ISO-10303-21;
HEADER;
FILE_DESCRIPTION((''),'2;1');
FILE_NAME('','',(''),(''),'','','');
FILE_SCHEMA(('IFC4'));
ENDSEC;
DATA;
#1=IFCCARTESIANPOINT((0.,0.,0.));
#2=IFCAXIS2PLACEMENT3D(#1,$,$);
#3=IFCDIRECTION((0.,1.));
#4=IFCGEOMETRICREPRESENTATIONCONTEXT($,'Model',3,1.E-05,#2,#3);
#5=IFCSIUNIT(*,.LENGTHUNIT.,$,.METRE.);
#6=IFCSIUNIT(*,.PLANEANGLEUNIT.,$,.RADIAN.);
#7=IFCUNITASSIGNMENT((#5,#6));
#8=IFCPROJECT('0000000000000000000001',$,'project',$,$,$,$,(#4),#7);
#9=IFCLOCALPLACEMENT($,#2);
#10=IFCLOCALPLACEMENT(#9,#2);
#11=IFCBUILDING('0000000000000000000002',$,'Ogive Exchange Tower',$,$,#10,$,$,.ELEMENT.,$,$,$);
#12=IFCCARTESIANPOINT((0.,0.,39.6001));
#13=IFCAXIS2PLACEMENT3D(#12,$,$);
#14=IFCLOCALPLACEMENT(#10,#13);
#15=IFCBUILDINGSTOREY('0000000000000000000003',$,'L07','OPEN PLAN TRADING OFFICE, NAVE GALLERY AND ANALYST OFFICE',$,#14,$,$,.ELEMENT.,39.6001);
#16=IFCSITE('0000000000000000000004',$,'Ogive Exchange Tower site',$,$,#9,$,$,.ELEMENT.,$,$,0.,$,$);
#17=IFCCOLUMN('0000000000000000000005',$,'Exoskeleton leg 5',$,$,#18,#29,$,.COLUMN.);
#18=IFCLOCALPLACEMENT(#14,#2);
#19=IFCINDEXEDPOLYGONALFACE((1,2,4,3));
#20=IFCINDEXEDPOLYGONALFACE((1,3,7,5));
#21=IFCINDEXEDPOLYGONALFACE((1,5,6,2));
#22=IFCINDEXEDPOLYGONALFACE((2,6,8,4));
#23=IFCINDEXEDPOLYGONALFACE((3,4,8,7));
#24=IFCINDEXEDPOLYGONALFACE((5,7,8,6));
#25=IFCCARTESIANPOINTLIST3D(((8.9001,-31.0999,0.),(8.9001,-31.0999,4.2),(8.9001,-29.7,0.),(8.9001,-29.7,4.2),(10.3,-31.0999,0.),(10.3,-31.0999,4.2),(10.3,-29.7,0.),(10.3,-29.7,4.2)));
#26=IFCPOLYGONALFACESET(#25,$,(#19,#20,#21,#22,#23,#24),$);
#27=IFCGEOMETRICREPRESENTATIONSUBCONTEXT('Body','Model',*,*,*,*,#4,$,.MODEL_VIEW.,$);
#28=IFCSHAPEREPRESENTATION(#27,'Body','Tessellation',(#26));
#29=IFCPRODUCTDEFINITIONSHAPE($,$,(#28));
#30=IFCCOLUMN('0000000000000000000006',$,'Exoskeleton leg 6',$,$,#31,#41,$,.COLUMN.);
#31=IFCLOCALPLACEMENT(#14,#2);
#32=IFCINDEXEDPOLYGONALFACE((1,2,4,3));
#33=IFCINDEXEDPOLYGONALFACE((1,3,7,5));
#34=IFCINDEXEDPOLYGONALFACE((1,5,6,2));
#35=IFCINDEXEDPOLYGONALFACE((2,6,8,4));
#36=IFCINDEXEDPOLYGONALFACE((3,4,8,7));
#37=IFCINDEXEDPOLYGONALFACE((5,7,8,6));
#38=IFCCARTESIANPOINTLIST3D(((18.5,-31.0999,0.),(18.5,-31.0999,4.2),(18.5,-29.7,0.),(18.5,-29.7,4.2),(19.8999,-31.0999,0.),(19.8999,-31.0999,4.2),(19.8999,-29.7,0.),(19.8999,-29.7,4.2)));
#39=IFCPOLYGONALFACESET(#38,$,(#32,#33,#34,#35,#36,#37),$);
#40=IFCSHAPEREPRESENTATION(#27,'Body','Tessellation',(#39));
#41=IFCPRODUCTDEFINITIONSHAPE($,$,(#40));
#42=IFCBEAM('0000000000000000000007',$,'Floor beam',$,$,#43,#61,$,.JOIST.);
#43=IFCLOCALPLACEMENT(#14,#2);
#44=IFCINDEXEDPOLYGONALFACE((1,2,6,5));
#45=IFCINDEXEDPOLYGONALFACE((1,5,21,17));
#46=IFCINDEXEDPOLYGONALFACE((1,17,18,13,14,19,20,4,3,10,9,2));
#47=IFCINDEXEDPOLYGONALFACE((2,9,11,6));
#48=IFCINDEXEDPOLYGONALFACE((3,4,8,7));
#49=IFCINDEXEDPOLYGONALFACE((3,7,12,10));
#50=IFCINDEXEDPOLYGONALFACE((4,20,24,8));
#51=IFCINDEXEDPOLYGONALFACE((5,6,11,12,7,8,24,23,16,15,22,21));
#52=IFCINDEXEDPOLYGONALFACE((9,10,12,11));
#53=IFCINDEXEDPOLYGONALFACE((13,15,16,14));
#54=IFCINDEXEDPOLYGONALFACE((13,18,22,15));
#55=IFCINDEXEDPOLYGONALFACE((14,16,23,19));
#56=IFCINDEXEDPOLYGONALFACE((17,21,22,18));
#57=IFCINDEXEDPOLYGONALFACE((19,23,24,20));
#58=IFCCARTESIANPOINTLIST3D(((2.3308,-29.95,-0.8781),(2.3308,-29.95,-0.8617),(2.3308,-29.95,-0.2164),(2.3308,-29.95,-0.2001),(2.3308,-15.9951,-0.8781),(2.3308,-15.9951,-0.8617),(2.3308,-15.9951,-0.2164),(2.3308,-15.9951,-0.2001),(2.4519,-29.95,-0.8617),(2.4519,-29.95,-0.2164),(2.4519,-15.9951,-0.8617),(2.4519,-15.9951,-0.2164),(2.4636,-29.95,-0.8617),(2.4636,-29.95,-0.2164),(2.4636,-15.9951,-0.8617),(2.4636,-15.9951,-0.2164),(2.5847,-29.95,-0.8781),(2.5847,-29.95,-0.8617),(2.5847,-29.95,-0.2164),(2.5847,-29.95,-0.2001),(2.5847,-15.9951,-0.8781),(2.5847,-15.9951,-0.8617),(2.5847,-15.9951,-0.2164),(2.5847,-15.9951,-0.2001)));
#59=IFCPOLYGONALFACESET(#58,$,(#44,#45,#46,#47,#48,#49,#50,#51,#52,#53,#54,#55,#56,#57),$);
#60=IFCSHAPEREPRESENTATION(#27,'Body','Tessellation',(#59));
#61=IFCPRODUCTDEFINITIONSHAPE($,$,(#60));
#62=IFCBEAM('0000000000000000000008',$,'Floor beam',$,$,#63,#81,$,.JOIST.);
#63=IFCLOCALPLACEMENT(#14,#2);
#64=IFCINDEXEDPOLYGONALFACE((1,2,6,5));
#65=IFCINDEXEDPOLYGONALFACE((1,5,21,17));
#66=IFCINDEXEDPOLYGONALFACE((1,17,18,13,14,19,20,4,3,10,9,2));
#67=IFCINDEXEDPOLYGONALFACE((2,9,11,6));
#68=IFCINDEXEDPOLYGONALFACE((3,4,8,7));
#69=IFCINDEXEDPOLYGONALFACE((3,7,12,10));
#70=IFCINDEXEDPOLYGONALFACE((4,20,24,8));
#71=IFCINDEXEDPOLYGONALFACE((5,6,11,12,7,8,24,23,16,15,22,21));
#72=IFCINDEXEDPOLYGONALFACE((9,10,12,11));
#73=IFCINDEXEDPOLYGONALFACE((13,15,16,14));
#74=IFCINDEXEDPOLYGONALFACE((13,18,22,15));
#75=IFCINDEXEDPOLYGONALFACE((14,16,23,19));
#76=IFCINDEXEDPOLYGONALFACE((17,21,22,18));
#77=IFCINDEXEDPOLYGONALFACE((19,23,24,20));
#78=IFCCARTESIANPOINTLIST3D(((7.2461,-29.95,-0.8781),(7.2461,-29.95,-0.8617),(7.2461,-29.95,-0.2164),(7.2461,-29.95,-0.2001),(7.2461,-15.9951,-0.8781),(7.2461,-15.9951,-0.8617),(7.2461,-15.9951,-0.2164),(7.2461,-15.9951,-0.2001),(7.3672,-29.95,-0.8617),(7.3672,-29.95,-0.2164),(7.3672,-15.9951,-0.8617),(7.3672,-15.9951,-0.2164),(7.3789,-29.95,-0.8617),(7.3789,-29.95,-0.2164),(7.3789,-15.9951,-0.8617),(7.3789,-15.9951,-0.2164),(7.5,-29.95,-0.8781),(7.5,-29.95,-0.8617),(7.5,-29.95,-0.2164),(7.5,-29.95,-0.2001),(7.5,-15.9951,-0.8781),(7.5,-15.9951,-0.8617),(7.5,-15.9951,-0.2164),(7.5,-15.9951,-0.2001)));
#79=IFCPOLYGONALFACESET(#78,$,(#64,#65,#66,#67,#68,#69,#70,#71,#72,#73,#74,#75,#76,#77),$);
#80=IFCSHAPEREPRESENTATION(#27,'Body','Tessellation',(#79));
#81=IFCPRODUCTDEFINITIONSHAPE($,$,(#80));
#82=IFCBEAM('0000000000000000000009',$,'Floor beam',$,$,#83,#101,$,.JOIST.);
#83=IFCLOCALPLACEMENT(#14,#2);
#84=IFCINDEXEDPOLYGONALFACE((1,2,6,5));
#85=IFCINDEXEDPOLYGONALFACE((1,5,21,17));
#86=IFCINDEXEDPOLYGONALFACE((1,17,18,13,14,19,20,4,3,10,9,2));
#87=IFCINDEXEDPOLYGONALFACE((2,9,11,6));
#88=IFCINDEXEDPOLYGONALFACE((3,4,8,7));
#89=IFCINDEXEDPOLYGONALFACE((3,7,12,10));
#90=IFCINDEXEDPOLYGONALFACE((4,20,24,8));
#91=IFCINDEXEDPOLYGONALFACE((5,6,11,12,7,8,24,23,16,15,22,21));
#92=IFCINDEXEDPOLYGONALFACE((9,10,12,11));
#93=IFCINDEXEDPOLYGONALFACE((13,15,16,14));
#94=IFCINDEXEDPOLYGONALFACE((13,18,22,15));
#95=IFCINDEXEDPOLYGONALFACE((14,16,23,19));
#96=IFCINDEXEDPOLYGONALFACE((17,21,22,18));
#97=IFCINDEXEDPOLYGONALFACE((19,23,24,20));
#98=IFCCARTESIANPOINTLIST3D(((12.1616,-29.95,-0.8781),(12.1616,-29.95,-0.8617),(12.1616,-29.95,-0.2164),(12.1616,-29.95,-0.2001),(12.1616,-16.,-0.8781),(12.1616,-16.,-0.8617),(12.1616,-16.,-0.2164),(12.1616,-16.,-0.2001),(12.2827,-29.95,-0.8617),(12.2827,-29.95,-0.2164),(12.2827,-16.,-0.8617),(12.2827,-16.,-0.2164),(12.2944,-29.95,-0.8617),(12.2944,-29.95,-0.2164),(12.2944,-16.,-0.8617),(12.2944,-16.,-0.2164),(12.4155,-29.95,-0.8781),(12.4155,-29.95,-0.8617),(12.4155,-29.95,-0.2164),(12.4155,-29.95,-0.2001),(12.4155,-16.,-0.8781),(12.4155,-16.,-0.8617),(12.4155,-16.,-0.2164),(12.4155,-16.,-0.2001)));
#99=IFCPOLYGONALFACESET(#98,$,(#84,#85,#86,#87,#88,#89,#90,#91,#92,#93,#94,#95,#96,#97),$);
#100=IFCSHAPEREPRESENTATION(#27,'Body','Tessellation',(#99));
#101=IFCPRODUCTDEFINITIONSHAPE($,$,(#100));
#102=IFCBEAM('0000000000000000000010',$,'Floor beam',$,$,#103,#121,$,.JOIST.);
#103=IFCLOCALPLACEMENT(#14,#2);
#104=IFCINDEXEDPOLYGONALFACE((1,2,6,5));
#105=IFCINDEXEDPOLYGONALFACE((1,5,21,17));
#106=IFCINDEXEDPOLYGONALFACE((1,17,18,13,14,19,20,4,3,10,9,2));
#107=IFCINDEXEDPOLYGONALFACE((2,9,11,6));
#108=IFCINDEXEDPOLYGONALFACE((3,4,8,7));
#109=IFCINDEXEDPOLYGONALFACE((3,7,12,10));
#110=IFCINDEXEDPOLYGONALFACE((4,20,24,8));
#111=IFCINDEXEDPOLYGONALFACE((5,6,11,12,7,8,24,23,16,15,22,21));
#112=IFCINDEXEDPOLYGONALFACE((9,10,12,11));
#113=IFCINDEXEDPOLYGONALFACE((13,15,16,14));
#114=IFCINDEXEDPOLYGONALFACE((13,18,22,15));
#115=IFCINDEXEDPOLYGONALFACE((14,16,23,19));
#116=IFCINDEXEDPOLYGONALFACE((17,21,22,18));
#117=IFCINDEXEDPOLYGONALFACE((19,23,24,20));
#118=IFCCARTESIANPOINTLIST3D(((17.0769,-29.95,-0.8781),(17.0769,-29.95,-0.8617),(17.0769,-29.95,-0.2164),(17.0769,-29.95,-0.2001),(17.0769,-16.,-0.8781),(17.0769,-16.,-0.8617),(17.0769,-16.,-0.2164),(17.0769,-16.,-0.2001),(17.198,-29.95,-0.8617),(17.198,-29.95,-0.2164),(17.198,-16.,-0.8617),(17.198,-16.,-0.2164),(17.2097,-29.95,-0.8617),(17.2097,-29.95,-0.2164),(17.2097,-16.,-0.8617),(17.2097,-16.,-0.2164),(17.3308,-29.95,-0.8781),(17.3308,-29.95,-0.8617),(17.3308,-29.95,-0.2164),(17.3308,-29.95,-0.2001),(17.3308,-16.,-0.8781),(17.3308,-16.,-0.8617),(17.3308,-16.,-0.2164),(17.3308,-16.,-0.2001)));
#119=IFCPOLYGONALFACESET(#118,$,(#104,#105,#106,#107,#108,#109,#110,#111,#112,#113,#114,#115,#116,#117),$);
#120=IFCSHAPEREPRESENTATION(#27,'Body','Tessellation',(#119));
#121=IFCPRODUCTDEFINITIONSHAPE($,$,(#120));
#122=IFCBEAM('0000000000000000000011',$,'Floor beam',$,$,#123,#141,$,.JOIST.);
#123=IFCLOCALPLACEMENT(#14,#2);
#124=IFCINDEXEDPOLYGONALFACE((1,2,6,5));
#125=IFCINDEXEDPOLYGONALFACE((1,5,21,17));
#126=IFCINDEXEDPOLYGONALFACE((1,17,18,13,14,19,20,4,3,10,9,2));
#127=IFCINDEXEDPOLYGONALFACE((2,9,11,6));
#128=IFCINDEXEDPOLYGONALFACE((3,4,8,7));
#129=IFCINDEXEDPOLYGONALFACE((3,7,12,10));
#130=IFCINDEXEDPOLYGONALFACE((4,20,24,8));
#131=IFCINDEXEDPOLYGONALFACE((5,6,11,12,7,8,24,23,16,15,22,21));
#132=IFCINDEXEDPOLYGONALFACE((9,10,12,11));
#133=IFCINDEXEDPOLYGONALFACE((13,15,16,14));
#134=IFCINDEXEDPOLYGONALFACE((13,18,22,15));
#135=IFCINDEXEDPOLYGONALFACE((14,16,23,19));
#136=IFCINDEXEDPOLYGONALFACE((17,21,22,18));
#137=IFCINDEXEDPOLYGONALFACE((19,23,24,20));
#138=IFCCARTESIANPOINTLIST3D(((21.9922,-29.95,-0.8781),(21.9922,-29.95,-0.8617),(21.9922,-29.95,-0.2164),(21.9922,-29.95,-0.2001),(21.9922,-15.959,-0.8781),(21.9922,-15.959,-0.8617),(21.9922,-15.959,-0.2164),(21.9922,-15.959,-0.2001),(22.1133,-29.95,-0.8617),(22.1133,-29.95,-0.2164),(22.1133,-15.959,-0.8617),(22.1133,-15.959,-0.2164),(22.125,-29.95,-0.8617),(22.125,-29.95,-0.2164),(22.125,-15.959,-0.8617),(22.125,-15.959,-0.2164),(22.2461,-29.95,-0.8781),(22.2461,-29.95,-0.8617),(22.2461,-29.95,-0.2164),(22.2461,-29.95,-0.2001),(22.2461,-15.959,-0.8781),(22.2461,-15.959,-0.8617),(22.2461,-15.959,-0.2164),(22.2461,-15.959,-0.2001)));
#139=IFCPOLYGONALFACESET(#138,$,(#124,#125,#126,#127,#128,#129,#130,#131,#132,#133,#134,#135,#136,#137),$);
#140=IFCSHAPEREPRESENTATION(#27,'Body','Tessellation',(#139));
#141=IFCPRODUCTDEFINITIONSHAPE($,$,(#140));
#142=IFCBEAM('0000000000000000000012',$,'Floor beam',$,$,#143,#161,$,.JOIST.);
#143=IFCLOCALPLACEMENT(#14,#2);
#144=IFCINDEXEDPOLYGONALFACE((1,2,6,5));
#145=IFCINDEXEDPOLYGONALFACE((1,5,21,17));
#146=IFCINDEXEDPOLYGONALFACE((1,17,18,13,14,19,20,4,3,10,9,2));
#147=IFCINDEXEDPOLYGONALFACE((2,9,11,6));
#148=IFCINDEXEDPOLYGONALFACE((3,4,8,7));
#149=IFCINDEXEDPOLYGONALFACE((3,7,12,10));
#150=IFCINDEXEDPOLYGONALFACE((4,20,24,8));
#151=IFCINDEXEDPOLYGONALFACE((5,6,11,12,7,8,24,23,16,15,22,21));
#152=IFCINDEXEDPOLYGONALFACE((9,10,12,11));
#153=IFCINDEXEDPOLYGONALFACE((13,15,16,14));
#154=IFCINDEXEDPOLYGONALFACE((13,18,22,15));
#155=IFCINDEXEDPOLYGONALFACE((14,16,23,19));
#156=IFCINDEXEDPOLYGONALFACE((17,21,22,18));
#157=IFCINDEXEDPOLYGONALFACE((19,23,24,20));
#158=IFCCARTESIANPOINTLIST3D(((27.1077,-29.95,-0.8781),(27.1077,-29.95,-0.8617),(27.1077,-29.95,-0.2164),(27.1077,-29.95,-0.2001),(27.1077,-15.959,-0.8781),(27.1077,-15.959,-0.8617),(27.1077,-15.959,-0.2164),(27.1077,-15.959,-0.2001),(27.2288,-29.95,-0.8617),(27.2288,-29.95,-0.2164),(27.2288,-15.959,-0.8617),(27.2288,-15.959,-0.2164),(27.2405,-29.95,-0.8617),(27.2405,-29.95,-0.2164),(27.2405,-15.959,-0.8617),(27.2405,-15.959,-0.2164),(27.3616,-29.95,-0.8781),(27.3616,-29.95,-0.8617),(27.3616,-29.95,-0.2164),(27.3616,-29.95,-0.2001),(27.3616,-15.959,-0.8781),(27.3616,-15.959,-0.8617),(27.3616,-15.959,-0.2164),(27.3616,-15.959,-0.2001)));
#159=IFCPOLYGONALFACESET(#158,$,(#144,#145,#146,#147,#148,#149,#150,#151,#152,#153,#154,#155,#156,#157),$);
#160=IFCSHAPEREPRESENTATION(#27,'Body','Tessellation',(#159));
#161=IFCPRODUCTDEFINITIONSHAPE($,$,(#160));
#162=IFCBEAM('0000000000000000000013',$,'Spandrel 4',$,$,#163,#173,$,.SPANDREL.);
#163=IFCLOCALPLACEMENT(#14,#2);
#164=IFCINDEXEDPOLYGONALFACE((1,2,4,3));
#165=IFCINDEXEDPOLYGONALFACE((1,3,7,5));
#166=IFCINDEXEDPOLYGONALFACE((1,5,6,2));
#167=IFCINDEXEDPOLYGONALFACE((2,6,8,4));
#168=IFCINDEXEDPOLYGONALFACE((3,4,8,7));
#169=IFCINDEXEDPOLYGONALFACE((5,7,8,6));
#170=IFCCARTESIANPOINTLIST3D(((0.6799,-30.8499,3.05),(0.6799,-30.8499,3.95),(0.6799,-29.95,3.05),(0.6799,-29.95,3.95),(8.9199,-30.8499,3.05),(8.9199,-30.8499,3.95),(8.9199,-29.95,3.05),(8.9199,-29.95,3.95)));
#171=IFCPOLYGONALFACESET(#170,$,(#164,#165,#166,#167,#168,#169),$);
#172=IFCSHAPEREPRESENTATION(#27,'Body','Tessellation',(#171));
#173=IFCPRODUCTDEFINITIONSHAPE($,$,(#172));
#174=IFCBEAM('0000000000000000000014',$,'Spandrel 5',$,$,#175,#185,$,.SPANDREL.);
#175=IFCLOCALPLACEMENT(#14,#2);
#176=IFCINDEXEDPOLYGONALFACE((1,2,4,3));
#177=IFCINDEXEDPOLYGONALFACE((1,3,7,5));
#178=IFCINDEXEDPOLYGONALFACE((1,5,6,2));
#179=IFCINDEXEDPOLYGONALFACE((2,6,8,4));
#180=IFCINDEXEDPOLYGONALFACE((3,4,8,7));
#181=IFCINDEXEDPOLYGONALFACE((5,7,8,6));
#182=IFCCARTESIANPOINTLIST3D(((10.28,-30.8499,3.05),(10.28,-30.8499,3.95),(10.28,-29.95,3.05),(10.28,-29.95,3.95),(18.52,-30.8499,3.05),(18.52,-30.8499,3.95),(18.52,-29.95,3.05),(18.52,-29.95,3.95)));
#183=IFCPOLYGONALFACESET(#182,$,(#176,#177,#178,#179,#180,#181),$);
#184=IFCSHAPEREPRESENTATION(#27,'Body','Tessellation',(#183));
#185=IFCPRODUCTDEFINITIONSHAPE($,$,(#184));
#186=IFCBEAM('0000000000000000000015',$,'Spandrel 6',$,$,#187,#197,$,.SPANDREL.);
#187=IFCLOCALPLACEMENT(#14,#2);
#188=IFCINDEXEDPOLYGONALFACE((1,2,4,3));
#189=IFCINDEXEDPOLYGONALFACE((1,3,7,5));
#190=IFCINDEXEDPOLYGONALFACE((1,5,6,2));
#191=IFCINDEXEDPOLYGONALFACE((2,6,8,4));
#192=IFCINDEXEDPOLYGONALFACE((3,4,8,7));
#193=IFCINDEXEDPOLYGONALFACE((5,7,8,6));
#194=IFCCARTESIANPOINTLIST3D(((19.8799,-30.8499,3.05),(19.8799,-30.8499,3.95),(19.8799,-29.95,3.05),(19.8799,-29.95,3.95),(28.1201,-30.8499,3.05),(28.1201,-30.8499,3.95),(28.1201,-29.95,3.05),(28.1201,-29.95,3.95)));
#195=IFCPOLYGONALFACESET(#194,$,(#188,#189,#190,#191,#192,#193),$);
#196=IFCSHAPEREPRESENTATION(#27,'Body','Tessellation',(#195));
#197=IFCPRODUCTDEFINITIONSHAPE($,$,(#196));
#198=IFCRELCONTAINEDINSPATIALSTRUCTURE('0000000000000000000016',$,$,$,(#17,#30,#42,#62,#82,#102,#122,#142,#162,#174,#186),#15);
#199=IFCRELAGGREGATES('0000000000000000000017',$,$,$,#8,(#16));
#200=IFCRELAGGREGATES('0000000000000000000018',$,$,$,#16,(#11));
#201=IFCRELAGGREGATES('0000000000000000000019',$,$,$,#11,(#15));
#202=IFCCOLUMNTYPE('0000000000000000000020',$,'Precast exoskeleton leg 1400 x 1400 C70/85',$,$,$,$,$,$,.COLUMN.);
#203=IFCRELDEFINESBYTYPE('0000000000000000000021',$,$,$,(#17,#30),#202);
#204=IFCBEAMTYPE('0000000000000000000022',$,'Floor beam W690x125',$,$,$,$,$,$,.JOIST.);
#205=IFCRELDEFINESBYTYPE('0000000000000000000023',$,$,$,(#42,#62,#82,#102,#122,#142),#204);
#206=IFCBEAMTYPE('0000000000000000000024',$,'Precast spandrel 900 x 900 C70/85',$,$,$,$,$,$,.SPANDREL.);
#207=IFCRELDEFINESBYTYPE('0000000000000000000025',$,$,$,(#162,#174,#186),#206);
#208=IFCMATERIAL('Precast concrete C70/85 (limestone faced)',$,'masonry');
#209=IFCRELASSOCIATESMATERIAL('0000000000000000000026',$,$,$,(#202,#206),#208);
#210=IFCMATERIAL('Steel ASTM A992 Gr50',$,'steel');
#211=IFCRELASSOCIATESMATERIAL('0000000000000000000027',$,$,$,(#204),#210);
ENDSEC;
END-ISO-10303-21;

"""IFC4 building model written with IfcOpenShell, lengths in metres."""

from ifc_helpers import new_model, si_unit, direction, frame, origin, origin_2d, place, context, subcontext, project, spatial, rectangle, i_section, extrude, material, material_profile, profile_set, type_object, element, save


model = new_model("IFC4")

# Units and contexts
model_context = context("Model", 3, precision=1e-05, world=origin(), true_north=direction((0.0, 1.0)))
body_context = subcontext(model_context, "Body", "Model", "MODEL_VIEW")
ifc_project = project(units=[si_unit("LENGTHUNIT", "METRE"), si_unit("PLANEANGLEUNIT", "RADIAN")], contexts=[model_context])

# Site, building, storey
site_placement = place(None, origin())
site = spatial("IfcSite", under=ifc_project, at=site_placement, Name="Ogive Exchange Tower site", CompositionType="ELEMENT", RefElevation=0.0)
building_placement = place(site_placement, origin())
building = spatial("IfcBuilding", under=site, at=building_placement, Name="Ogive Exchange Tower", CompositionType="ELEMENT")
storey_placement = place(building_placement, frame((0.0, 0.0, 39.6001)))
storey = spatial("IfcBuildingStorey", under=building, at=storey_placement, Name="L07", Description="OPEN PLAN TRADING OFFICE, NAVE GALLERY AND ANALYST OFFICE", CompositionType="ELEMENT", Elevation=39.6001)

# Columns
ifc_material_1 = material(Name="Precast concrete C70/85 (limestone faced)", Category="masonry")
ifc_material_profile_1 = material_profile(ifc_material_1, rectangle(XDim=1.3999, YDim=1.3999, at=origin_2d()), Name="1400 x 1400")
ifc_profile_set_1 = profile_set([ifc_material_profile_1], Name="Precast concrete C70/85 (limestone faced)")
column_type = type_object("IfcColumnType", Name="Precast exoskeleton leg 1400 x 1400 C70/85", PredefinedType="COLUMN", material=ifc_profile_set_1)
for number, where, z_axis, x_axis, name in (
    (1, (9.6001, -30.3999, 0.0), (0.0, 0.0, 1.0), (1.0, 0.0, 0.0), "Exoskeleton leg 5"),
    (2, (19.2, -30.3999, 0.0), (0.0, 0.0, 1.0), (1.0, 0.0, 0.0), "Exoskeleton leg 6"),
):
    element("IfcColumn", number, at=place(storey_placement, frame(where, z_axis=z_axis, x_axis=x_axis)), inside=storey, type_object=column_type, Name=name, PredefinedType="COLUMN", context=body_context, shape_type="SweptSolid", body=[
        extrude(rectangle(XDim=1.3999, YDim=1.3999, at=origin_2d()), origin(), (0.0, 0.0, 1.0), 4.2),
    ])

# Beams
ifc_material_2 = material(Name="Steel ASTM A992 Gr50", Category="steel")
ifc_material_profile_2 = material_profile(ifc_material_2, i_section(OverallWidth=0.2539, OverallDepth=0.678, WebThickness=0.0117, FlangeThickness=0.0164, at=origin_2d()), Name="W690x125")
ifc_profile_set_2 = profile_set([ifc_material_profile_2], Name="Steel ASTM A992 Gr50")
beam_type_1 = type_object("IfcBeamType", Name="Floor beam W690x125", PredefinedType="JOIST", material=ifc_profile_set_2)
for number, where, z_axis, x_axis, name in (
    (3, (2.4578, -29.95, -0.5391), (0.0, 1.0, 0.0), (-1.0, 0.0, 0.0), "Floor beam"),
    (4, (7.373, -29.95, -0.5391), (0.0, 1.0, 0.0), (-1.0, 0.0, 0.0), "Floor beam"),
):
    element("IfcBeam", number, at=place(storey_placement, frame(where, z_axis=z_axis, x_axis=x_axis)), inside=storey, type_object=beam_type_1, Name=name, PredefinedType="JOIST", context=body_context, shape_type="SweptSolid", body=[
        extrude(i_section(OverallWidth=0.2539, OverallDepth=0.678, WebThickness=0.0117, FlangeThickness=0.0164, at=origin_2d()), origin(), (0.0, 0.0, 1.0), 13.9548),
    ])
for number, where, z_axis, x_axis, name in (
    (5, (12.2886, -29.95, -0.5391), (0.0, 1.0, 0.0), (-1.0, 0.0, 0.0), "Floor beam"),
    (6, (17.2039, -29.95, -0.5391), (0.0, 1.0, 0.0), (-1.0, 0.0, 0.0), "Floor beam"),
):
    element("IfcBeam", number, at=place(storey_placement, frame(where, z_axis=z_axis, x_axis=x_axis)), inside=storey, type_object=beam_type_1, Name=name, PredefinedType="JOIST", context=body_context, shape_type="SweptSolid", body=[
        extrude(i_section(OverallWidth=0.2539, OverallDepth=0.678, WebThickness=0.0117, FlangeThickness=0.0164, at=origin_2d()), origin(), (0.0, 0.0, 1.0), 13.95),
    ])
for number, where, z_axis, x_axis, name in (
    (7, (22.1191, -29.95, -0.5391), (0.0, 1.0, 0.0), (-1.0, 0.0, 0.0), "Floor beam"),
    (8, (27.2346, -29.95, -0.5391), (0.0, 1.0, 0.0), (-1.0, 0.0, 0.0), "Floor beam"),
):
    element("IfcBeam", number, at=place(storey_placement, frame(where, z_axis=z_axis, x_axis=x_axis)), inside=storey, type_object=beam_type_1, Name=name, PredefinedType="JOIST", context=body_context, shape_type="SweptSolid", body=[
        extrude(i_section(OverallWidth=0.2539, OverallDepth=0.678, WebThickness=0.0117, FlangeThickness=0.0164, at=origin_2d()), origin(), (0.0, 0.0, 1.0), 13.991),
    ])
ifc_material_profile_3 = material_profile(ifc_material_1, rectangle(XDim=0.8999, YDim=0.8999, at=origin_2d()), Name="900 x 900")
ifc_profile_set_3 = profile_set([ifc_material_profile_3], Name="Precast concrete C70/85 (limestone faced)")
beam_type_2 = type_object("IfcBeamType", Name="Precast spandrel 900 x 900 C70/85", PredefinedType="SPANDREL", material=ifc_profile_set_3)
for number, where, z_axis, x_axis, name in (
    (9, (0.6799, -30.3999, 3.5), (1.0, 0.0, 0.0), (0.0, 1.0, 0.0), "Spandrel 4"),
    (10, (10.28, -30.3999, 3.5), (1.0, 0.0, 0.0), (0.0, 1.0, 0.0), "Spandrel 5"),
):
    element("IfcBeam", number, at=place(storey_placement, frame(where, z_axis=z_axis, x_axis=x_axis)), inside=storey, type_object=beam_type_2, Name=name, PredefinedType="SPANDREL", context=body_context, shape_type="SweptSolid", body=[
        extrude(rectangle(XDim=0.8999, YDim=0.8999, at=origin_2d()), origin(), (0.0, 0.0, 1.0), 8.24),
    ])
beam_placement = place(storey_placement, frame((19.8799, -30.3999, 3.5), z_axis=(1.0, 0.0, 0.0), x_axis=(0.0, 1.0, 0.0)))
element("IfcBeam", 11, at=beam_placement, inside=storey, type_object=beam_type_2, Name="Spandrel 6", PredefinedType="SPANDREL", context=body_context, shape_type="SweptSolid", body=[
    extrude(rectangle(XDim=0.8999, YDim=0.8999, at=origin_2d()), origin(), (0.0, 0.0, 1.0), 8.2402),
])

save(model, "model.ifc")
